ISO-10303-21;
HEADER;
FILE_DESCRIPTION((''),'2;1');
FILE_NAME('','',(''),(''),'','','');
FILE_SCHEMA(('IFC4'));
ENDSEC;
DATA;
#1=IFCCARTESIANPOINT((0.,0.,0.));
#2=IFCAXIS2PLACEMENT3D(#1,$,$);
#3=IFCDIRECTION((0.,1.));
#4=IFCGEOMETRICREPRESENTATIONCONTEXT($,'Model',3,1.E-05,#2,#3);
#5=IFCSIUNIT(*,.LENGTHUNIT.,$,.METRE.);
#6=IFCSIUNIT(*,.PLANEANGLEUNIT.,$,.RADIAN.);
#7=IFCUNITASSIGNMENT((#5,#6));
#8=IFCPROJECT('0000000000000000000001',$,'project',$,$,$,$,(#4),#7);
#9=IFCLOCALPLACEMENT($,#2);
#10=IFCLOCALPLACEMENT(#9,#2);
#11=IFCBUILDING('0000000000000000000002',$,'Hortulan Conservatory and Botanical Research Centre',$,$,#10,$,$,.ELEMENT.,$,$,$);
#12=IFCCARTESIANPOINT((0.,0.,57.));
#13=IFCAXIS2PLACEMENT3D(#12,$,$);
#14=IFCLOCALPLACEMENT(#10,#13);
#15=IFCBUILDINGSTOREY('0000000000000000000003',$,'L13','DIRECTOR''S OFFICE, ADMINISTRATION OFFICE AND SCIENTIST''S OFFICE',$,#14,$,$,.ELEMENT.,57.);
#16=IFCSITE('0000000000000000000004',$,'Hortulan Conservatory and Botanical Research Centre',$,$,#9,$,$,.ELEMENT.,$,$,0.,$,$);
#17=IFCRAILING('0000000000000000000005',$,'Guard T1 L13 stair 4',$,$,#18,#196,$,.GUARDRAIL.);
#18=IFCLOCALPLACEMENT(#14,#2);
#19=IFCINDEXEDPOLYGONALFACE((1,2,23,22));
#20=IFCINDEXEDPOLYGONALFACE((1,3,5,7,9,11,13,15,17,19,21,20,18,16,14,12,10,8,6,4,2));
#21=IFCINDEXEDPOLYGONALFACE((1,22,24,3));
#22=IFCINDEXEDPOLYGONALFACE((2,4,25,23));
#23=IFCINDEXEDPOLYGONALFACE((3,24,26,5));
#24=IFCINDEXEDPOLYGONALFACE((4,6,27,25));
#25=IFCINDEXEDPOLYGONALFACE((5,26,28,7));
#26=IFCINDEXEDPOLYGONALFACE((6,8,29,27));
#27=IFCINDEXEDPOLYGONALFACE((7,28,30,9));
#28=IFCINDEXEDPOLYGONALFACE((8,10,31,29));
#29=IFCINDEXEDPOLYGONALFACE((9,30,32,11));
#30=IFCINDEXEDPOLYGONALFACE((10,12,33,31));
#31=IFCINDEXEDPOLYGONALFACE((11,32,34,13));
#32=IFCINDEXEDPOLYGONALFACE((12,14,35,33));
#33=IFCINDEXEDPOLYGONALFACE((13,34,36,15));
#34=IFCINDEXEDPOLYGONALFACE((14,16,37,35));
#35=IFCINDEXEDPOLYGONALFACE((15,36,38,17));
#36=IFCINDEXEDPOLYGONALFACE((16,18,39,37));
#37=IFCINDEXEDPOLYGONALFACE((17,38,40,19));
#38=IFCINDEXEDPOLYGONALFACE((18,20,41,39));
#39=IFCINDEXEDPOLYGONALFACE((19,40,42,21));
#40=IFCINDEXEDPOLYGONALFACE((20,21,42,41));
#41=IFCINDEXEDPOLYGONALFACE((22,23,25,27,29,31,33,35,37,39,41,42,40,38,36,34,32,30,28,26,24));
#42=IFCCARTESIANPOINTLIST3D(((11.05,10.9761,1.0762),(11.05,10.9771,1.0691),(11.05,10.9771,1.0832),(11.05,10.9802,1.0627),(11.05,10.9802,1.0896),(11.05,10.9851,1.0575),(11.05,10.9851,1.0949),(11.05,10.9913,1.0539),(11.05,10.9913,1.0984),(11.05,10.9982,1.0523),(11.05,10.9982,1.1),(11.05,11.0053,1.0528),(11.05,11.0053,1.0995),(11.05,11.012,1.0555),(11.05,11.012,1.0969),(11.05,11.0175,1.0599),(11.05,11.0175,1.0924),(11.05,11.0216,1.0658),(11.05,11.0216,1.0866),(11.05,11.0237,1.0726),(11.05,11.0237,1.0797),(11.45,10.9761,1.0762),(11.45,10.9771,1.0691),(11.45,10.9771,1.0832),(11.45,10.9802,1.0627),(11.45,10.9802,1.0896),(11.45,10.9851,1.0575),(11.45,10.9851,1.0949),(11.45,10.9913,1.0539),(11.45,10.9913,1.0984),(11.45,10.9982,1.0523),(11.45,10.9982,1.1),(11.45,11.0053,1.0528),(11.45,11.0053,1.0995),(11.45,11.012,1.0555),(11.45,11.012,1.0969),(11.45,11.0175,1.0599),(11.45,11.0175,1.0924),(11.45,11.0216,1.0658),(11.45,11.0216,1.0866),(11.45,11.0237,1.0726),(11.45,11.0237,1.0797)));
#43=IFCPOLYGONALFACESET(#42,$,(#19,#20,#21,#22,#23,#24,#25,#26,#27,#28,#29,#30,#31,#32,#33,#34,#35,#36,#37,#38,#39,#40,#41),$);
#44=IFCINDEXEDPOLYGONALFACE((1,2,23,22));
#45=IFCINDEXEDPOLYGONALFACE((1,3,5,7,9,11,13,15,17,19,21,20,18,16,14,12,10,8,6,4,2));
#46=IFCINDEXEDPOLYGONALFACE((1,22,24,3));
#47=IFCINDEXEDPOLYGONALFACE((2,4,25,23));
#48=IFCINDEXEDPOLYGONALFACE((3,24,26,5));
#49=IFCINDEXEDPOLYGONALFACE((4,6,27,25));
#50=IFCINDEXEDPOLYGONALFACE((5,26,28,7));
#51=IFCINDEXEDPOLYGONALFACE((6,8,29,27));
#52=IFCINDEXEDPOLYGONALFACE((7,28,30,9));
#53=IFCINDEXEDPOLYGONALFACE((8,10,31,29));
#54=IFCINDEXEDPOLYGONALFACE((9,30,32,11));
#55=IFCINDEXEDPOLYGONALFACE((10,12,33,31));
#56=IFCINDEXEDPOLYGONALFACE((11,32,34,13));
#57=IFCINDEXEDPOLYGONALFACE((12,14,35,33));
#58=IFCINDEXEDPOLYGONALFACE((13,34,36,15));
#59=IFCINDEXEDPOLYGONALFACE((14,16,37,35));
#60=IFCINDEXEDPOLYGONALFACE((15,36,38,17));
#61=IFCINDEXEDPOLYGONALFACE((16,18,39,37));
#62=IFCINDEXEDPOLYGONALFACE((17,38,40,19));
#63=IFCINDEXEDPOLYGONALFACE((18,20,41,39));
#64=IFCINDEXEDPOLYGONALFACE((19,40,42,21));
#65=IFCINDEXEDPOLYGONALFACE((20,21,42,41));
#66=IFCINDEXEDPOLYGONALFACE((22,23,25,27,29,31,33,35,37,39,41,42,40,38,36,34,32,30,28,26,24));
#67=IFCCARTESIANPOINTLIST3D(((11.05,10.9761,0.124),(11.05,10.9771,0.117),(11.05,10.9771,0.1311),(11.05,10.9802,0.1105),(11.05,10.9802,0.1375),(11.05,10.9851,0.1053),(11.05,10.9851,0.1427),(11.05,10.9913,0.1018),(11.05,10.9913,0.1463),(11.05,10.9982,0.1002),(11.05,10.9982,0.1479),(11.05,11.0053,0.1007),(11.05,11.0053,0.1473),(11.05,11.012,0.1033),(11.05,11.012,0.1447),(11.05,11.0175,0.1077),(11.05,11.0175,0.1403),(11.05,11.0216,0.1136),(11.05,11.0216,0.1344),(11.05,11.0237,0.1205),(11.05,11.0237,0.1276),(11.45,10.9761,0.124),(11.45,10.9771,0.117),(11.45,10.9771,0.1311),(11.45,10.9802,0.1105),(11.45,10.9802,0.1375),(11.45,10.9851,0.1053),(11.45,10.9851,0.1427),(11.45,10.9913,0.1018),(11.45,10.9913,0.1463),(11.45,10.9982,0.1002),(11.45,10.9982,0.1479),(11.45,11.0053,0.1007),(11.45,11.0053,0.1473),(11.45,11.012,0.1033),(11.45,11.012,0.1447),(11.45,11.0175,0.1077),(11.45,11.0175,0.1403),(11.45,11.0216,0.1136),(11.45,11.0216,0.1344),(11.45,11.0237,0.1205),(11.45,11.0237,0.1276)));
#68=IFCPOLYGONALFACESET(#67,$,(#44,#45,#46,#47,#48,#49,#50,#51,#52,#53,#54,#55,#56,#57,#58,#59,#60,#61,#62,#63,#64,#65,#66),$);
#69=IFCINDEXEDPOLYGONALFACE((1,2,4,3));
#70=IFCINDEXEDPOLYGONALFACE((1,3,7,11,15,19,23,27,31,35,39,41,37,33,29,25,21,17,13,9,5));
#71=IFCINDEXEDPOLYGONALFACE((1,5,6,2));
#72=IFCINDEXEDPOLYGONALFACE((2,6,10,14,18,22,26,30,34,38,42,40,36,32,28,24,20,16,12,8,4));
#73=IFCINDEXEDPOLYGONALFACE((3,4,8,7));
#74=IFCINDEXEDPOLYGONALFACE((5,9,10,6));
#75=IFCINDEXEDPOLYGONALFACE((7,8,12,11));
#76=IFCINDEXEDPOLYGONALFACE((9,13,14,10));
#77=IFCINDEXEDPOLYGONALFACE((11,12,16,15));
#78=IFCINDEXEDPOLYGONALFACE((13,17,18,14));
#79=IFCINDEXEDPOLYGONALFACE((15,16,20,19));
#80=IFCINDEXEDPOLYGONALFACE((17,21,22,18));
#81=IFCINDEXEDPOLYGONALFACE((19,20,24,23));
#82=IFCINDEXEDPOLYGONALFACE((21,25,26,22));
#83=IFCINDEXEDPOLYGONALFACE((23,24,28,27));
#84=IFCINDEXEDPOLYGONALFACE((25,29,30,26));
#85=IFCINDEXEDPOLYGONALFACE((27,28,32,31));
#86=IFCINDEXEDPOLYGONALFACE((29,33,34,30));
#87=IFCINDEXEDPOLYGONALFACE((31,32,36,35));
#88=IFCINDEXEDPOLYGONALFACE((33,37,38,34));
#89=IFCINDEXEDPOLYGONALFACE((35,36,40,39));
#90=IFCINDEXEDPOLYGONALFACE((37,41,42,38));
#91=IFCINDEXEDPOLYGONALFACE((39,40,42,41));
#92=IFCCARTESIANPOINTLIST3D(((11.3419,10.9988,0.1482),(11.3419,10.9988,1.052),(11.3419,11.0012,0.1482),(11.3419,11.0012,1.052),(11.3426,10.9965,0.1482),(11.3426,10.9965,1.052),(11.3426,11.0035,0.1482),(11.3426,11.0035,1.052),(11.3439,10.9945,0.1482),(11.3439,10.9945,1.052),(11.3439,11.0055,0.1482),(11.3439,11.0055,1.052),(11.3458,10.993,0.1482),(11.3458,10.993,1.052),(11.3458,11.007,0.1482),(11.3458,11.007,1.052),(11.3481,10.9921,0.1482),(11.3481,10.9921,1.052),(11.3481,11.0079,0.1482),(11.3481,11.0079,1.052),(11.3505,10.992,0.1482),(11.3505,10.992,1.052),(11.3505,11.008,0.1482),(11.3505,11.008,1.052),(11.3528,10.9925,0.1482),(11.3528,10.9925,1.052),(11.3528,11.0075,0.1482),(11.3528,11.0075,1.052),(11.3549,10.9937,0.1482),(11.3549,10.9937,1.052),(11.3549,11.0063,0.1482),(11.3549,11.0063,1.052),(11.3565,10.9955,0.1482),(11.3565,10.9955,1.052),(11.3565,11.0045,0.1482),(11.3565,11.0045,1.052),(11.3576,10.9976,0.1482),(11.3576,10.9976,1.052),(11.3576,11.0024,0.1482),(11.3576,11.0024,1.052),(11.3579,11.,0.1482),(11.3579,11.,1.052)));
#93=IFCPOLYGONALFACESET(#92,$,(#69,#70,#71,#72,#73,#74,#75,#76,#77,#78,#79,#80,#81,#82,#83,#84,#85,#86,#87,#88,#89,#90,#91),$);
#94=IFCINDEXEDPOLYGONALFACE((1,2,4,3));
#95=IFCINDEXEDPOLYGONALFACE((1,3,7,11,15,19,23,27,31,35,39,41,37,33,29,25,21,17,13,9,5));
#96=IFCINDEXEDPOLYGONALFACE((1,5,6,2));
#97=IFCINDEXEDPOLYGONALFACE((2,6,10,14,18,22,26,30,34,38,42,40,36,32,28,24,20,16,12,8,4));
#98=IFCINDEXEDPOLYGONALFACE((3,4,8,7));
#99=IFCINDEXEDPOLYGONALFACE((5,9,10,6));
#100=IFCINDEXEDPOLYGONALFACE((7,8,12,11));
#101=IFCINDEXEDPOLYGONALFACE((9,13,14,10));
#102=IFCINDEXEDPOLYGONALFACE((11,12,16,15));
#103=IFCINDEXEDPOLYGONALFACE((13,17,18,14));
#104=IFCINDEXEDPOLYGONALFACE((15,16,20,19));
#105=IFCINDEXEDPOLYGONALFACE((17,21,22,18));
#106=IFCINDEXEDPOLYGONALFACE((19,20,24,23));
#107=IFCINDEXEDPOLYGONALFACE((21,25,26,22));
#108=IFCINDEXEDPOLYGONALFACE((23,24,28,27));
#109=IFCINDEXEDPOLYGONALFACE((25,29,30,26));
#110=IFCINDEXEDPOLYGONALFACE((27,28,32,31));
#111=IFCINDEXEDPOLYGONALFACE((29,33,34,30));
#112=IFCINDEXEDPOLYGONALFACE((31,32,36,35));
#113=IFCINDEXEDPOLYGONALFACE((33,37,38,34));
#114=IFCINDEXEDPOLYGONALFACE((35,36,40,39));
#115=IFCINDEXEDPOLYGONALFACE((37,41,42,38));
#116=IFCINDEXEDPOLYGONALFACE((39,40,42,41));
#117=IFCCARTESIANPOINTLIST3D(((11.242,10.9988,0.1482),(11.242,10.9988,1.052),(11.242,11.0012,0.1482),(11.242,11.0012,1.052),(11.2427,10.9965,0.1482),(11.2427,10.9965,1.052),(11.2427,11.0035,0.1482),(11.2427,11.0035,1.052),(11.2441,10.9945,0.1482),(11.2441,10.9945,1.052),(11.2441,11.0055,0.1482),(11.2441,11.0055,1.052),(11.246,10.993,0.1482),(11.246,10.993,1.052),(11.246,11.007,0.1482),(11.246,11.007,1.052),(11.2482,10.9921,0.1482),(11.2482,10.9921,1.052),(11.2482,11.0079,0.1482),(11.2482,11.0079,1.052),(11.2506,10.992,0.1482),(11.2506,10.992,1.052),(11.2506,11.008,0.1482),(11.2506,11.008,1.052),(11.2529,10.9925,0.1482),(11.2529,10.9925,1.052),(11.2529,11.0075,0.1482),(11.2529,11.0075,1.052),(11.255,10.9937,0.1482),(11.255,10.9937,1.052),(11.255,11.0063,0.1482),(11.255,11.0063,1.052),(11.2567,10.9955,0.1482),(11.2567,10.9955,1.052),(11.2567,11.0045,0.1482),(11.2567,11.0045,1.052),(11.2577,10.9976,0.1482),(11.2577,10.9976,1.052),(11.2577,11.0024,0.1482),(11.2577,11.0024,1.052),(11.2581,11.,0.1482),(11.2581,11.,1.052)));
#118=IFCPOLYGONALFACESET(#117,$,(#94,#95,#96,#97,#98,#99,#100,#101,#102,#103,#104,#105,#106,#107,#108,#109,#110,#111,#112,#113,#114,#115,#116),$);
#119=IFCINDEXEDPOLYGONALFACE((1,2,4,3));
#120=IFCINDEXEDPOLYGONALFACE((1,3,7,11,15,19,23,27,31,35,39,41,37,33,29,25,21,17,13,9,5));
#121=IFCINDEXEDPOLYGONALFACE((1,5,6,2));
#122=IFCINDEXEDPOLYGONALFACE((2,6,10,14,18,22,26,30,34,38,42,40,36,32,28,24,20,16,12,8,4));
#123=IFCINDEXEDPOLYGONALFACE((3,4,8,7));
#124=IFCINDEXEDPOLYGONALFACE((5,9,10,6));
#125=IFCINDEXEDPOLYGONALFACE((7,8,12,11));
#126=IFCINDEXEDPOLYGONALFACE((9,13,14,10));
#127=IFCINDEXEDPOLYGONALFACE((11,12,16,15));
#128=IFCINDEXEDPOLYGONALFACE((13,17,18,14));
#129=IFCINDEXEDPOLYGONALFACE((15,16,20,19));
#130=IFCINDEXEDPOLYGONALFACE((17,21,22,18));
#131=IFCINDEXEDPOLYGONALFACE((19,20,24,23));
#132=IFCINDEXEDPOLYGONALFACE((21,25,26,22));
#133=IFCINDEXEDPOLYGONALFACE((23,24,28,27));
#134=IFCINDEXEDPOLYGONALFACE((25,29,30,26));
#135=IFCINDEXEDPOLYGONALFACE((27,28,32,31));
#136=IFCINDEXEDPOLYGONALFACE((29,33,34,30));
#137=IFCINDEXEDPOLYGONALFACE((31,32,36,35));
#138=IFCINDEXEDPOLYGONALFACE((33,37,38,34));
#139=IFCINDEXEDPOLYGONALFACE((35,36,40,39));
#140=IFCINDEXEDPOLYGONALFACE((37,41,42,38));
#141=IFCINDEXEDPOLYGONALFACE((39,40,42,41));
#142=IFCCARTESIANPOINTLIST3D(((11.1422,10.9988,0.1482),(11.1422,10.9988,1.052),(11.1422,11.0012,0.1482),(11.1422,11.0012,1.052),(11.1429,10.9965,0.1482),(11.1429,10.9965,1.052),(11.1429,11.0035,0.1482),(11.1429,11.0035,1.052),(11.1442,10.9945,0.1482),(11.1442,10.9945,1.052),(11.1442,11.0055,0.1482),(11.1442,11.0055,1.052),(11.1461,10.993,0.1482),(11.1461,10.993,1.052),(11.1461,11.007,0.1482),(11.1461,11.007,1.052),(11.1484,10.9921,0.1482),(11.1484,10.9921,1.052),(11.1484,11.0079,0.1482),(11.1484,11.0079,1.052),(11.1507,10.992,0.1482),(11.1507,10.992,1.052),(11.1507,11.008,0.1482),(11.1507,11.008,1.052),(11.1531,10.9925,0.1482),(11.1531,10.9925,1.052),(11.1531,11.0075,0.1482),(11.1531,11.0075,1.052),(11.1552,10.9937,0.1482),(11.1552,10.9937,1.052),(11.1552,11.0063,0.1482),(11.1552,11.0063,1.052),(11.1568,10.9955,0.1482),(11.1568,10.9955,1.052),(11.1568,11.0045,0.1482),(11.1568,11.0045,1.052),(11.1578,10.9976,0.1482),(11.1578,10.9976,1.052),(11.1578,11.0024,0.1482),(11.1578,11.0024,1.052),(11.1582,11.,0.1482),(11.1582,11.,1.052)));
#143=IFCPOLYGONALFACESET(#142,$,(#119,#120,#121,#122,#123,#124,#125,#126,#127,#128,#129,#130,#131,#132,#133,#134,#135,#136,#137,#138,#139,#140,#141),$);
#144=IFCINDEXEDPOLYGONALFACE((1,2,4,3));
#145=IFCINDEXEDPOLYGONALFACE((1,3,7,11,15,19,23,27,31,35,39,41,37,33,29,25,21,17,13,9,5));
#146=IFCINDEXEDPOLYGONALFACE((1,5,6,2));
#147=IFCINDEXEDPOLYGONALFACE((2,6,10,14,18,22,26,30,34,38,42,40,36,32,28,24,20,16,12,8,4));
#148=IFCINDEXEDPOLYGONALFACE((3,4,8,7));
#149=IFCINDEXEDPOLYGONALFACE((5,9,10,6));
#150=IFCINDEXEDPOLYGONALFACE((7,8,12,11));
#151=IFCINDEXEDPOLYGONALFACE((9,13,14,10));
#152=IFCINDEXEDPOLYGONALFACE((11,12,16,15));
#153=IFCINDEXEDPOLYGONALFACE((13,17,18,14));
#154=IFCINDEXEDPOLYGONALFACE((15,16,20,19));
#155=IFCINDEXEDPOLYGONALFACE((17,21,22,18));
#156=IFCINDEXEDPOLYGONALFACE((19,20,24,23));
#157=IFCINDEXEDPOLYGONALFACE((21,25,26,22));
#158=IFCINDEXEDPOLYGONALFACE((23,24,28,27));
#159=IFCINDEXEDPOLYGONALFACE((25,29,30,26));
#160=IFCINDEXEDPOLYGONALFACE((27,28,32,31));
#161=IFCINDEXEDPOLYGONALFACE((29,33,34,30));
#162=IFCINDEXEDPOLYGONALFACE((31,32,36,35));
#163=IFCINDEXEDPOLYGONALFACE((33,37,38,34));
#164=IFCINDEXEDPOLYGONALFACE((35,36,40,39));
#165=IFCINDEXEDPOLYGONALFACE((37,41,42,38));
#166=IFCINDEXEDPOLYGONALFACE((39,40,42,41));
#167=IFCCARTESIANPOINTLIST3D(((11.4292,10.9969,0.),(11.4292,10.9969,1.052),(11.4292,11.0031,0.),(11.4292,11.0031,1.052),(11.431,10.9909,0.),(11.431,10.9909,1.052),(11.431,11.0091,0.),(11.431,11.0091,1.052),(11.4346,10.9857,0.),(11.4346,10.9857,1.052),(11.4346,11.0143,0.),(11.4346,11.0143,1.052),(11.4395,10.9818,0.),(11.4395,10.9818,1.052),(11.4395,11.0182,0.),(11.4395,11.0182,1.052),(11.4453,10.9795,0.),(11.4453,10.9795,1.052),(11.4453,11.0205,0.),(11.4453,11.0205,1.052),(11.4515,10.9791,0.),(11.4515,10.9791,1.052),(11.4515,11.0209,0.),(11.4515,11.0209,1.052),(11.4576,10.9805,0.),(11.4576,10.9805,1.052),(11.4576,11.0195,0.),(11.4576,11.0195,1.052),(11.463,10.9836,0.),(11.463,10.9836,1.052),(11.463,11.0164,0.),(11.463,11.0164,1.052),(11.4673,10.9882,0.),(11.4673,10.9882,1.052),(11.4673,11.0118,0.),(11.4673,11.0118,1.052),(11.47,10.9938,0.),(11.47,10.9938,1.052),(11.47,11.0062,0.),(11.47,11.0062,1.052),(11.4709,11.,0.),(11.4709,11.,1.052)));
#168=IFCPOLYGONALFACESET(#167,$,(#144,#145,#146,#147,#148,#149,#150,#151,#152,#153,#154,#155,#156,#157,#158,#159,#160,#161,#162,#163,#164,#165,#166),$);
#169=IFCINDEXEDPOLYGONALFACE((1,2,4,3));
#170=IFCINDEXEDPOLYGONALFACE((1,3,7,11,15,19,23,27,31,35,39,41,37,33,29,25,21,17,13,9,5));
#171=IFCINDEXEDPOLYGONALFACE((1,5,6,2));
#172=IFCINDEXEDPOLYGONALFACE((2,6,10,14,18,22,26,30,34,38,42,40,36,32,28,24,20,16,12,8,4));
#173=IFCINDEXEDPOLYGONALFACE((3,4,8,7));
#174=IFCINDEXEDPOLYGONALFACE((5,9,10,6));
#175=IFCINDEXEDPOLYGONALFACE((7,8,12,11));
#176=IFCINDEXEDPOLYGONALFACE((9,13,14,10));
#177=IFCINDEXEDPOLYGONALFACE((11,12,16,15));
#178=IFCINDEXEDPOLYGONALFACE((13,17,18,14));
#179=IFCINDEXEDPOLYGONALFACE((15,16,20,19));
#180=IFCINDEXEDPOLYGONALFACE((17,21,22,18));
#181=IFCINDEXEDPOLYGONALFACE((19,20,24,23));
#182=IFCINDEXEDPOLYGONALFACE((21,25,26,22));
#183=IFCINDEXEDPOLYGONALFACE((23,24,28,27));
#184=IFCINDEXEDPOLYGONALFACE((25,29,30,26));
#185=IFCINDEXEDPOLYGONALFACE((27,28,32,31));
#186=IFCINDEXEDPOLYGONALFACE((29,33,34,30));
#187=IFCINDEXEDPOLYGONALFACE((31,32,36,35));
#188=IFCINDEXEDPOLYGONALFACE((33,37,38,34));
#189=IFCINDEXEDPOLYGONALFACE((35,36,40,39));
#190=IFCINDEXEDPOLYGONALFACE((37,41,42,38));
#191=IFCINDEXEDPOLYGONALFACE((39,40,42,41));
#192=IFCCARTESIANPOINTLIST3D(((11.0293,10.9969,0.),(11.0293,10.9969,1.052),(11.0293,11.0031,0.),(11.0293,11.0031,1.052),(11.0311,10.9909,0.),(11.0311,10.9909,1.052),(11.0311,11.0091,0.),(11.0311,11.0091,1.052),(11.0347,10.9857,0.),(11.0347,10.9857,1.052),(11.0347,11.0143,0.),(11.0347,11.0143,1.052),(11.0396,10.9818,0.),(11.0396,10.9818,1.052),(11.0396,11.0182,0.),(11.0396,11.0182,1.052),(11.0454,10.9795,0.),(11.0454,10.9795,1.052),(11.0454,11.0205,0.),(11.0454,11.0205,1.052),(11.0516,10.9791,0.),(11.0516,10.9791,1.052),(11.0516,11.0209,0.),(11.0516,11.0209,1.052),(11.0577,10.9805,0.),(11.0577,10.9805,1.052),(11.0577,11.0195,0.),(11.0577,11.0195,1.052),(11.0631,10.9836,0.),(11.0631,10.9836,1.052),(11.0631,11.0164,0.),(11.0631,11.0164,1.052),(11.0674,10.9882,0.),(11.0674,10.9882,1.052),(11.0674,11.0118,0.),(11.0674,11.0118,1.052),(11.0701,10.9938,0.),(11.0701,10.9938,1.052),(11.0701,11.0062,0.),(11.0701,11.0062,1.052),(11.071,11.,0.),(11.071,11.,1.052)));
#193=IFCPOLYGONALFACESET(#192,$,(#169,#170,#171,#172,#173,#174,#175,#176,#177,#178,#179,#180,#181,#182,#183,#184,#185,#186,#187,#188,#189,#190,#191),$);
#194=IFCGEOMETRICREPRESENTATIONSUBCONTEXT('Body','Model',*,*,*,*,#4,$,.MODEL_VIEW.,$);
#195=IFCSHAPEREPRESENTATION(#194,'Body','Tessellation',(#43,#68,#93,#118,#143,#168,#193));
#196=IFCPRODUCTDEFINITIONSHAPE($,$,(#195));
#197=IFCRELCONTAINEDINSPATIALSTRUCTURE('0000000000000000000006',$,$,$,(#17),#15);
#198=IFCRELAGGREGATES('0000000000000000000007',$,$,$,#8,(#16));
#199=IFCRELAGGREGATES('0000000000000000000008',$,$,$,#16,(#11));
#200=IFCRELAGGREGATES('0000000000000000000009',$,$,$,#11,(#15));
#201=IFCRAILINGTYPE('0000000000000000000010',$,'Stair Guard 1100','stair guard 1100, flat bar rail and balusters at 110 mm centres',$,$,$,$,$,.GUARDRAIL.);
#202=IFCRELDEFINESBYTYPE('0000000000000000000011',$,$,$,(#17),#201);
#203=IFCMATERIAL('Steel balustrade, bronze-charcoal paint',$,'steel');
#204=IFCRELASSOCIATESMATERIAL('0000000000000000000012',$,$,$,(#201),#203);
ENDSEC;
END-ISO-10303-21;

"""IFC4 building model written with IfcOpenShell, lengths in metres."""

from ifc_helpers import new_model, si_unit, direction, frame, origin, origin_2d, place, context, subcontext, project, spatial, circle, extrude, material, type_object, element, save


model = new_model("IFC4")

# Units and contexts
model_context = context("Model", 3, precision=1e-05, world=origin(), true_north=direction((0.0, 1.0)))
body_context = subcontext(model_context, "Body", "Model", "MODEL_VIEW")
ifc_project = project(units=[si_unit("LENGTHUNIT", "METRE"), si_unit("PLANEANGLEUNIT", "RADIAN")], contexts=[model_context])

# Site, building, storey
site_placement = place(None, origin())
site = spatial("IfcSite", under=ifc_project, at=site_placement, Name="Hortulan Conservatory and Botanical Research Centre", CompositionType="ELEMENT", RefElevation=0.0)
building_placement = place(site_placement, origin())
building = spatial("IfcBuilding", under=site, at=building_placement, Name="Hortulan Conservatory and Botanical Research Centre", CompositionType="ELEMENT")
storey_placement = place(building_placement, frame((0.0, 0.0, 57.0)))
storey = spatial("IfcBuildingStorey", under=building, at=storey_placement, Name="L13", Description="DIRECTOR'S OFFICE, ADMINISTRATION OFFICE AND SCIENTIST'S OFFICE", CompositionType="ELEMENT", Elevation=57.0)

# Railing
ifc_material_1 = material(Name="Steel balustrade, bronze-charcoal paint", Category="steel")
railing_type_1 = type_object("IfcRailingType", Name="Stair Guard 1100", Description="stair guard 1100, flat bar rail and balusters at 110 mm centres", PredefinedType="GUARDRAIL", material=ifc_material_1)
railing_1_placement = place(storey_placement, frame((11.45, 11.0, 0.0)))
element("IfcRailing", 1, at=railing_1_placement, inside=storey, type_object=railing_type_1, Name="Guard T1 L13 stair 4", PredefinedType="GUARDRAIL", context=body_context, shape_type="SweptSolid", body=[
    extrude(circle(Radius=0.0239, at=origin_2d()), frame((0.0, 0.0, 1.0762), z_axis=(-1.0, 0.0, 0.0), x_axis=(0.0, -1.0, 0.0)), (0.0, 0.0, 1.0), 0.3999),
    extrude(circle(Radius=0.0239, at=origin_2d()), frame((0.0, 0.0, 0.124), z_axis=(-1.0, 0.0, 0.0), x_axis=(0.0, -1.0, 0.0)), (0.0, 0.0, 1.0), 0.3999),
    extrude(circle(Radius=0.0081, at=origin_2d()), frame((-0.1001, 0.0, 0.1482)), (0.0, 0.0, 1.0), 0.9038),
    extrude(circle(Radius=0.0081, at=origin_2d()), frame((-0.2, 0.0, 0.1482)), (0.0, 0.0, 1.0), 0.9038),
    extrude(circle(Radius=0.0081, at=origin_2d()), frame((-0.2998, 0.0, 0.1482)), (0.0, 0.0, 1.0), 0.9038),
    extrude(circle(Radius=0.021, at=origin_2d()), origin(), (0.0, 0.0, 1.0), 1.052),
    extrude(circle(Radius=0.021, at=origin_2d()), frame((-0.3999, 0.0, 0.0)), (0.0, 0.0, 1.0), 1.052),
])

save(model, "model.ifc")
